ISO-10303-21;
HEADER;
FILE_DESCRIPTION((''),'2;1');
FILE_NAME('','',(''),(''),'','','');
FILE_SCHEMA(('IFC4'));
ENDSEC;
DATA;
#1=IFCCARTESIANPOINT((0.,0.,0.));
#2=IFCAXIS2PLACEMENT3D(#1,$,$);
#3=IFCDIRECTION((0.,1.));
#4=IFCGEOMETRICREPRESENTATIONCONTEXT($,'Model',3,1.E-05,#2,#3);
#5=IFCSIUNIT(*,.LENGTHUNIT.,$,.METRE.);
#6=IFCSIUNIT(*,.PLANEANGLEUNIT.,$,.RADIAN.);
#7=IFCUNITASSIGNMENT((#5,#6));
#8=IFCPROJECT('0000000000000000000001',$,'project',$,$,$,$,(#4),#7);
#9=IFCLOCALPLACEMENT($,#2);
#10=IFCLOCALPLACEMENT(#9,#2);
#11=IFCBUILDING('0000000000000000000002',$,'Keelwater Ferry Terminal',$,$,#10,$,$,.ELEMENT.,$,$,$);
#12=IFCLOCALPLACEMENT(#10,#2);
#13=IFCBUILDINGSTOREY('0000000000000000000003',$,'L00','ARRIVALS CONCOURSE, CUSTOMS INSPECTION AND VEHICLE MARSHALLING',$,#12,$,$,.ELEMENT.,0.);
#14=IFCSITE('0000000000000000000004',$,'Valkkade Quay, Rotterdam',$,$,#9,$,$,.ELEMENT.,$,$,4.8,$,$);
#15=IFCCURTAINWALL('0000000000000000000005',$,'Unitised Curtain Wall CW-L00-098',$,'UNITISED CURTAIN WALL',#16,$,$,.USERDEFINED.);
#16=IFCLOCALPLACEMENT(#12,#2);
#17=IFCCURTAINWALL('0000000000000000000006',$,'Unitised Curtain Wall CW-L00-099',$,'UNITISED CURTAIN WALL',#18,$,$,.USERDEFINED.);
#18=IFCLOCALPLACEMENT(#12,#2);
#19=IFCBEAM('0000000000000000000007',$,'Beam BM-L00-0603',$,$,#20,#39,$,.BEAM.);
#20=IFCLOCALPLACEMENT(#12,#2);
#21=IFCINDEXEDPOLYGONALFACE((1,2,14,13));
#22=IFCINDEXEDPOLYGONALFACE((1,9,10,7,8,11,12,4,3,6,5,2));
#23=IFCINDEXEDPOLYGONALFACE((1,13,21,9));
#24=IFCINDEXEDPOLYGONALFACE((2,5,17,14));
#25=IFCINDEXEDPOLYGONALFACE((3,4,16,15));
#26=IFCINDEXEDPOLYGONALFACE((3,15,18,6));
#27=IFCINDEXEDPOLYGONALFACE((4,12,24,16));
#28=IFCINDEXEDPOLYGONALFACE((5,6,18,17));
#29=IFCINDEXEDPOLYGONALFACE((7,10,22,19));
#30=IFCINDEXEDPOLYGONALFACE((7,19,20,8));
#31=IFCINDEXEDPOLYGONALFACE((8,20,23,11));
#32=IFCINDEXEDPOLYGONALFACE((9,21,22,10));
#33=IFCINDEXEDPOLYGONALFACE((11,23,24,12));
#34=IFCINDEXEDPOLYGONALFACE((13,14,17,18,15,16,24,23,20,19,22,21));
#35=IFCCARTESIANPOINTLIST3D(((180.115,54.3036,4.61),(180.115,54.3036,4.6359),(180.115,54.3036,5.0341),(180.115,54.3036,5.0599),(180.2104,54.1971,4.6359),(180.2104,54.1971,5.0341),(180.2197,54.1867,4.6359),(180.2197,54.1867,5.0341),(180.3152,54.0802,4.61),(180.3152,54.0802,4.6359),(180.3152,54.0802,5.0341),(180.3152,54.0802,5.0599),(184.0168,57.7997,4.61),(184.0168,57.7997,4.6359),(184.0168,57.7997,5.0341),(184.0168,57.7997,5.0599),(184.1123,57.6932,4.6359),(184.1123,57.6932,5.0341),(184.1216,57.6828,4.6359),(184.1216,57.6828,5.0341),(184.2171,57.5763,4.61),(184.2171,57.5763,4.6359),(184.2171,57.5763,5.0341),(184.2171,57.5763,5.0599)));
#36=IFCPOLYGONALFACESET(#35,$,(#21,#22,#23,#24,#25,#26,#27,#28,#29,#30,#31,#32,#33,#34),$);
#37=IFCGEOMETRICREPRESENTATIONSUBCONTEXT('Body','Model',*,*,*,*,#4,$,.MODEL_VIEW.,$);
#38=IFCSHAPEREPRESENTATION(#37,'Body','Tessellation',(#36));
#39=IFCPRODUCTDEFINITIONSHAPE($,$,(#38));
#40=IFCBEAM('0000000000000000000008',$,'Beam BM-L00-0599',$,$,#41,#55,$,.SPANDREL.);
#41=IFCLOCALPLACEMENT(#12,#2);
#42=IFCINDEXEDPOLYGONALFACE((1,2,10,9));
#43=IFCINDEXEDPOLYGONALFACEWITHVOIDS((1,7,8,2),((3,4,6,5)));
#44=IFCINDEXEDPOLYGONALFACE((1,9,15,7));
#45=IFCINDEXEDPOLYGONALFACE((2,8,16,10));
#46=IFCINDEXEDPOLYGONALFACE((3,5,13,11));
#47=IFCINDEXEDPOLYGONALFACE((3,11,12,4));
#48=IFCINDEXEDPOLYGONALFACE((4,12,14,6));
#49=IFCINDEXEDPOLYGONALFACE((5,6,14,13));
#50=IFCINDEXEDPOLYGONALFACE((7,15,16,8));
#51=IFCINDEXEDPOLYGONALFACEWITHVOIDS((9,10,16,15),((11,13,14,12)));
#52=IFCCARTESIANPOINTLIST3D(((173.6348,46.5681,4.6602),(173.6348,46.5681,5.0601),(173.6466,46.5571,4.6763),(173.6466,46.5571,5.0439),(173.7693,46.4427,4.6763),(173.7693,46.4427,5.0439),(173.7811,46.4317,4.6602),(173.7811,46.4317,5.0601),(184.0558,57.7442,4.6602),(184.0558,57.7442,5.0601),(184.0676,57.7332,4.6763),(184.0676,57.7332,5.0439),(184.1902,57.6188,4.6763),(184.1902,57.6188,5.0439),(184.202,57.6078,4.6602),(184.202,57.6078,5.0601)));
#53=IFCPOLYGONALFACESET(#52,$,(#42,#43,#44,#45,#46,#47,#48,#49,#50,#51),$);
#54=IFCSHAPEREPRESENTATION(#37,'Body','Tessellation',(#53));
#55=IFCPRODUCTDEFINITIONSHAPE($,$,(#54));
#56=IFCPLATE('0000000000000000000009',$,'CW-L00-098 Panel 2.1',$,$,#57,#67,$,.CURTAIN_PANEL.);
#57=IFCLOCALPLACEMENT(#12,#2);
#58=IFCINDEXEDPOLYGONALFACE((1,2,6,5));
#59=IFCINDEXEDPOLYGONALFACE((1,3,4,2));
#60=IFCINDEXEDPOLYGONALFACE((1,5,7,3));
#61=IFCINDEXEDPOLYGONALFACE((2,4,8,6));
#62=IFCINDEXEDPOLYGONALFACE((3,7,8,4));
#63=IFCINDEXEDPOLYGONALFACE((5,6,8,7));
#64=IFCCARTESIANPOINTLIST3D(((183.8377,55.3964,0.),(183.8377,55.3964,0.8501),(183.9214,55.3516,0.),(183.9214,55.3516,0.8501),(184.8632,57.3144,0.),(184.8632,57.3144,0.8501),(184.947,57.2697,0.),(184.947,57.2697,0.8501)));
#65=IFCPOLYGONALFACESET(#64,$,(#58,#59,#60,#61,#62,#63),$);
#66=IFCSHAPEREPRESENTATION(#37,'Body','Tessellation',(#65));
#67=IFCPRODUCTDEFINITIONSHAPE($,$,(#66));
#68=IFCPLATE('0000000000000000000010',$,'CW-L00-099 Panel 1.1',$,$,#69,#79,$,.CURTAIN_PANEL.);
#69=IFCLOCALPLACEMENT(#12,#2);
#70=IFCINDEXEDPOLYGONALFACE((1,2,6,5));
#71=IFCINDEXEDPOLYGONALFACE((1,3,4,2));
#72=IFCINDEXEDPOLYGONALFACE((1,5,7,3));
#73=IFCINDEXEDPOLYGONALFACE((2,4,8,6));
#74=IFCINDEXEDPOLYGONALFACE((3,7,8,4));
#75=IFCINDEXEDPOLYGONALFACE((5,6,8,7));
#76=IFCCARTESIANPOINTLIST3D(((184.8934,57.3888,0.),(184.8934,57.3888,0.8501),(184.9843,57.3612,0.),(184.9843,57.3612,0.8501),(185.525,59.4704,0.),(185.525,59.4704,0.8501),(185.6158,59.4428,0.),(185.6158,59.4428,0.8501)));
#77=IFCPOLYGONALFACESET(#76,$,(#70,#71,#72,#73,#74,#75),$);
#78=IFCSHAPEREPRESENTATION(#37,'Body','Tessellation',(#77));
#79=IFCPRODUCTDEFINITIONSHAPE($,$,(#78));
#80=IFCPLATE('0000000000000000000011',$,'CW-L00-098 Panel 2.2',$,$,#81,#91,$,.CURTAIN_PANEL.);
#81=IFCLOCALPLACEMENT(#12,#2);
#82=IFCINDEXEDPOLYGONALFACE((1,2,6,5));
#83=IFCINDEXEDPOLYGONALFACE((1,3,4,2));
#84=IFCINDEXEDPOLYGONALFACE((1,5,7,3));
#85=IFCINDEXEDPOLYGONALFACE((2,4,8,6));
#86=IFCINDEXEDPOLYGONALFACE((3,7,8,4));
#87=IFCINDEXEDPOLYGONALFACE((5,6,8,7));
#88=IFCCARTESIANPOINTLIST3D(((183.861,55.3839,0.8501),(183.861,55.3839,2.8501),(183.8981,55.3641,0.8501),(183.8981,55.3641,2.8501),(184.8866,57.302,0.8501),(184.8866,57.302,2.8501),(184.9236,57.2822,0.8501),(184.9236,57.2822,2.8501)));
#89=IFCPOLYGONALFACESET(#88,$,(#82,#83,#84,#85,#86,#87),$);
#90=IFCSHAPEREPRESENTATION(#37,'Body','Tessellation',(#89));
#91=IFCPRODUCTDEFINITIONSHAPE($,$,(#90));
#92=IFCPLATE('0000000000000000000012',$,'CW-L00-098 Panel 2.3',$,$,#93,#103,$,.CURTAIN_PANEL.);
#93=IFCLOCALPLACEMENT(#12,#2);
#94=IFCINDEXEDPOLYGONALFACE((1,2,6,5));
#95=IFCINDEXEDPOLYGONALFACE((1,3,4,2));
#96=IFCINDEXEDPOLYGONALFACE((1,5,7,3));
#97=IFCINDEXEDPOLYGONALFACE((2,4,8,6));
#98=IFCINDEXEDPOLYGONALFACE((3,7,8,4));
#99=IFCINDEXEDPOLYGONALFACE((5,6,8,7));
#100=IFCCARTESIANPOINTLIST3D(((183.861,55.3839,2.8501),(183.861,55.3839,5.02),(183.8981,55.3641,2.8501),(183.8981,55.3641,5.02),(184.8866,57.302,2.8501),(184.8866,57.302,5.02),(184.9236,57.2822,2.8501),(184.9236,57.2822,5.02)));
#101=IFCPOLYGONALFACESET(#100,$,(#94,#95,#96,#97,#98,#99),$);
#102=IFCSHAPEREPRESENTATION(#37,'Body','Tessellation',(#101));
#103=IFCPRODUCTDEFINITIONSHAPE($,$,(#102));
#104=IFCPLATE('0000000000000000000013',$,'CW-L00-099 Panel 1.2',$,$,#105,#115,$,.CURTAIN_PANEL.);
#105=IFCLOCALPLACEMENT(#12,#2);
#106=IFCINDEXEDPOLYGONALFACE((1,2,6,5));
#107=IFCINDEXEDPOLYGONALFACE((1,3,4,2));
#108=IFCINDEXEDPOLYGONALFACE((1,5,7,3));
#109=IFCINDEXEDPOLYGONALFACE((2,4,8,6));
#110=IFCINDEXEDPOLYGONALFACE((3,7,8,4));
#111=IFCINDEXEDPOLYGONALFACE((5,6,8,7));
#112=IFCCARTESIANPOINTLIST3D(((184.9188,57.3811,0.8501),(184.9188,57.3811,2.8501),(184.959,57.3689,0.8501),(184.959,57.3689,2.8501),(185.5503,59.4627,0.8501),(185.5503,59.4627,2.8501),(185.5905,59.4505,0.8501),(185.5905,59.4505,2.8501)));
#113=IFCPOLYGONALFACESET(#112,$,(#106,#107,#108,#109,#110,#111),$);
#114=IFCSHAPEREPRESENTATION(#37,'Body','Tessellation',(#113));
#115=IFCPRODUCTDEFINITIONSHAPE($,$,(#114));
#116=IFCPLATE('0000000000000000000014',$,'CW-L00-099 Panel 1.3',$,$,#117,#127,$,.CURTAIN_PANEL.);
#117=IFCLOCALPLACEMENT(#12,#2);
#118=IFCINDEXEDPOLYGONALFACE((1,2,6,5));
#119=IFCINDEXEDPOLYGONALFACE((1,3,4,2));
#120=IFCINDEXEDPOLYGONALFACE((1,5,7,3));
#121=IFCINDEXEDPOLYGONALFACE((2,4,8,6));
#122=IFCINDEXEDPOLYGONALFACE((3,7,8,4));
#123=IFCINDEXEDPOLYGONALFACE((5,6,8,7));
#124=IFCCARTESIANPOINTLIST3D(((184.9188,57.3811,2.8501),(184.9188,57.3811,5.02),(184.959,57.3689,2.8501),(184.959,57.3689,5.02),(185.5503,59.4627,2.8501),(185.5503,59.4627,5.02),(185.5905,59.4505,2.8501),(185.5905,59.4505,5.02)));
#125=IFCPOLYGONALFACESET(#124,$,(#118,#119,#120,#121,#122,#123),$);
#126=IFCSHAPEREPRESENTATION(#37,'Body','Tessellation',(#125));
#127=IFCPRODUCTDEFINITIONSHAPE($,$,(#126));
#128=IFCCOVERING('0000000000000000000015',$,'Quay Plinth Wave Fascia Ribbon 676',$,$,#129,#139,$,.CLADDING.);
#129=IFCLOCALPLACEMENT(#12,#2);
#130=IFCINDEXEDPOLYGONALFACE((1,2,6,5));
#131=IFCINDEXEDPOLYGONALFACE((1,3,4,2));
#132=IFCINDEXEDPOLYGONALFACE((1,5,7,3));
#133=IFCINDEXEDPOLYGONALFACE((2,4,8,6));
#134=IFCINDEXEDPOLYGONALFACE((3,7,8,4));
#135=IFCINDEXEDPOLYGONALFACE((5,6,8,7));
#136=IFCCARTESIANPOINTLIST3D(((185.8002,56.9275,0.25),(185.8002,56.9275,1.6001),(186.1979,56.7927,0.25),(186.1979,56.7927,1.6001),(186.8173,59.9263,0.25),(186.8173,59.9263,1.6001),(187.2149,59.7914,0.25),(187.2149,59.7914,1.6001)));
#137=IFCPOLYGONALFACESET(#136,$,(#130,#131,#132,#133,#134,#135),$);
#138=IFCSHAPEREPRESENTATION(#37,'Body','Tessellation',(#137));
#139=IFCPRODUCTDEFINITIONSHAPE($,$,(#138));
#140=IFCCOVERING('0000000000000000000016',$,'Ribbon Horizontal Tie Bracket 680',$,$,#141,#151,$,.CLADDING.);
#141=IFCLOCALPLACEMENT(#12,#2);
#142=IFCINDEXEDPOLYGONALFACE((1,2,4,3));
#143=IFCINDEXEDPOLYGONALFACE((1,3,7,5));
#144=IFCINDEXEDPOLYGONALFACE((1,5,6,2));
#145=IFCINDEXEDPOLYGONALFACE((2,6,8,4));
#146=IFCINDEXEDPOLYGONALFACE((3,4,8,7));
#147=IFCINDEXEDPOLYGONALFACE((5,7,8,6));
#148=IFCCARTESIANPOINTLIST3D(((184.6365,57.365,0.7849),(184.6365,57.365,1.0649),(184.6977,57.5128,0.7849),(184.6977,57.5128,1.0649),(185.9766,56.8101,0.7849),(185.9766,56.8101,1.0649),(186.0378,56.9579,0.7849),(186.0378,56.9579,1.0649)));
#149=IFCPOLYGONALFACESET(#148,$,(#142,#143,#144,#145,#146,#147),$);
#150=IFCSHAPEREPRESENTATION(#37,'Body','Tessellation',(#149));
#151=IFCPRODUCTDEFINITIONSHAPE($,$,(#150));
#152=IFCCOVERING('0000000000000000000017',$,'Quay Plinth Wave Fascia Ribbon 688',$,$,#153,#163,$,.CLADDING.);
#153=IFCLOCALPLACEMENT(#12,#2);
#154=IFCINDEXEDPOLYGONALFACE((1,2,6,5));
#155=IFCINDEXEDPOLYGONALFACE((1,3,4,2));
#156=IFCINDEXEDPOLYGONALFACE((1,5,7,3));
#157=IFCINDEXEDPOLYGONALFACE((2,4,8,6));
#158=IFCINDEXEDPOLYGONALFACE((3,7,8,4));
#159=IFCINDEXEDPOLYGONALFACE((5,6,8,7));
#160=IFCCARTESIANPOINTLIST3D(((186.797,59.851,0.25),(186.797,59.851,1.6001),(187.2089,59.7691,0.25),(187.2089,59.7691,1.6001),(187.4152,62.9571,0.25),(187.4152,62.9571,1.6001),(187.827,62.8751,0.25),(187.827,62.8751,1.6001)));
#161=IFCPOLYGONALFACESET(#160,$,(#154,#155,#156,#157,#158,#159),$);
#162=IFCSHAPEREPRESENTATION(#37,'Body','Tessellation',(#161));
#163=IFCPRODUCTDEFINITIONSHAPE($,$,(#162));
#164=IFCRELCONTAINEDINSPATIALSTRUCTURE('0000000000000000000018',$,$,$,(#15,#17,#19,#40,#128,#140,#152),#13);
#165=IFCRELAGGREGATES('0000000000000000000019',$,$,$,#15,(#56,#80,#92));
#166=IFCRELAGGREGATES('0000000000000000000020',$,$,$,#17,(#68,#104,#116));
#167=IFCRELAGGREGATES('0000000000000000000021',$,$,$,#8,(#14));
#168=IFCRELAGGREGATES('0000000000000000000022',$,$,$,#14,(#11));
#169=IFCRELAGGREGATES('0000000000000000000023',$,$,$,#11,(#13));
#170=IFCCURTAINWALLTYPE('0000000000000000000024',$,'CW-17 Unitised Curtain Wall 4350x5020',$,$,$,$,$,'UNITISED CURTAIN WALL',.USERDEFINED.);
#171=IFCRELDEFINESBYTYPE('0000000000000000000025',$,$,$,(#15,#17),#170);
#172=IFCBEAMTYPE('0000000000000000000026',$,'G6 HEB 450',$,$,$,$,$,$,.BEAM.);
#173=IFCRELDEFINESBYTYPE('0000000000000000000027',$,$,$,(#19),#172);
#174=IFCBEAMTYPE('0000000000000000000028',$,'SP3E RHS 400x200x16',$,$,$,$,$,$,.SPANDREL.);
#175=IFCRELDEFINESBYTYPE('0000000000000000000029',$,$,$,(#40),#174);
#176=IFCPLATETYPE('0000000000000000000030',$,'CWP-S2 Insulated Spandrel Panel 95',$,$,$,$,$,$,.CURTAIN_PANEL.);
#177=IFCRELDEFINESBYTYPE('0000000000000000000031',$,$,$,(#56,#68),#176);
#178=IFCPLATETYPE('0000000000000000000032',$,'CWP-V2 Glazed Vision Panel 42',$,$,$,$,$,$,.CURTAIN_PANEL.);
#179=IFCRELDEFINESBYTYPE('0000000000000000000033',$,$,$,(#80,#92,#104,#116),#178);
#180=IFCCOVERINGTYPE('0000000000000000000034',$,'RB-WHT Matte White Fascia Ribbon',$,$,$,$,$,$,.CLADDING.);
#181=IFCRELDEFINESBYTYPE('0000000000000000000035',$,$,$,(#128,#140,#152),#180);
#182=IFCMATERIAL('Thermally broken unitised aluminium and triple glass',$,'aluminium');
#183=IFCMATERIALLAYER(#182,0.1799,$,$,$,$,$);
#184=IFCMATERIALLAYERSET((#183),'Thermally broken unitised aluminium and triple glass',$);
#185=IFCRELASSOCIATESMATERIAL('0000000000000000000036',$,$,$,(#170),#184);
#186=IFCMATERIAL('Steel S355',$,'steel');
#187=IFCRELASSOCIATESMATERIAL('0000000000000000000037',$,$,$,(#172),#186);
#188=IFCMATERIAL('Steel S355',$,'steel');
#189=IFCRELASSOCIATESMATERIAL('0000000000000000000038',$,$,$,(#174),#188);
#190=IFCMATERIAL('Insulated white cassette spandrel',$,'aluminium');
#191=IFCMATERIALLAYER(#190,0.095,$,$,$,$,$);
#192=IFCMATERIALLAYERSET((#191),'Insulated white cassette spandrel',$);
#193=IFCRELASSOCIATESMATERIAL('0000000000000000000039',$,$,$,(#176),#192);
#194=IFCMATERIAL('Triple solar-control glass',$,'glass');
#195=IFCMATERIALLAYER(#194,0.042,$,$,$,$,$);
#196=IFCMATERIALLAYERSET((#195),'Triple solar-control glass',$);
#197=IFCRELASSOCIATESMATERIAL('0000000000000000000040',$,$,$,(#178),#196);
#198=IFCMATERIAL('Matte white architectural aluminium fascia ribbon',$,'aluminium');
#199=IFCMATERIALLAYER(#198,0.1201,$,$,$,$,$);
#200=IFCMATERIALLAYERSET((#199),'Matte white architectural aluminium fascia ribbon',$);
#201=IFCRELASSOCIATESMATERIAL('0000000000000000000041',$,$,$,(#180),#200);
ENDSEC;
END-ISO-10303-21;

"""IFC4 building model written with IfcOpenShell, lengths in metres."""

from ifc_helpers import new_model, si_unit, direction, frame, frame_2d, origin, origin_2d, place, context, subcontext, project, spatial, polyline, rectangle, hollow_rectangle, i_section, outline, extrude, material, layer, layer_set, material_profile, profile_set, type_object, element, aggregate, save


model = new_model("IFC4")

# Units and contexts
model_context = context("Model", 3, precision=1e-05, world=origin(), true_north=direction((0.0, 1.0)))
body_context = subcontext(model_context, "Body", "Model", "MODEL_VIEW")
ifc_project = project(units=[si_unit("LENGTHUNIT", "METRE"), si_unit("PLANEANGLEUNIT", "RADIAN")], contexts=[model_context])

# Site, building, storey
site_placement = place(None, origin())
site = spatial("IfcSite", under=ifc_project, at=site_placement, Name="Valkkade Quay, Rotterdam", CompositionType="ELEMENT", RefElevation=4.8)
building_placement = place(site_placement, origin())
building = spatial("IfcBuilding", under=site, at=building_placement, Name="Keelwater Ferry Terminal", CompositionType="ELEMENT")
storey_placement = place(building_placement, origin())
storey = spatial("IfcBuildingStorey", under=building, at=storey_placement, Name="L00", Description="ARRIVALS CONCOURSE, CUSTOMS INSPECTION AND VEHICLE MARSHALLING", CompositionType="ELEMENT", Elevation=0.0)

# Curtain walls
ifc_material_1 = material(Name="Thermally broken unitised aluminium and triple glass", Category="aluminium")
ifc_layer_1 = layer(ifc_material_1, 0.1799)
ifc_layer_set_1 = layer_set([ifc_layer_1], Name="Thermally broken unitised aluminium and triple glass")
curtain_wall_type = type_object("IfcCurtainWallType", Name="CW-17 Unitised Curtain Wall 4350x5020", ElementType="UNITISED CURTAIN WALL", PredefinedType="USERDEFINED", material=ifc_layer_set_1)
curtain_wall_1_placement = place(storey_placement, origin())
curtain_wall_1 = element("IfcCurtainWall", 1, at=curtain_wall_1_placement, inside=storey, type_object=curtain_wall_type, Name="Unitised Curtain Wall CW-L00-098", ObjectType="UNITISED CURTAIN WALL", PredefinedType="USERDEFINED")
curtain_wall_2_placement = place(storey_placement, origin())
curtain_wall_2 = element("IfcCurtainWall", 2, at=curtain_wall_2_placement, inside=storey, type_object=curtain_wall_type, Name="Unitised Curtain Wall CW-L00-099", ObjectType="UNITISED CURTAIN WALL", PredefinedType="USERDEFINED")

# Beams
ifc_material_2 = material(Name="Steel S355", Category="steel")
ifc_material_profile_1 = material_profile(ifc_material_2, i_section(OverallWidth=0.3, OverallDepth=0.45, WebThickness=0.0139, FlangeThickness=0.0259, at=origin_2d()), Name="HEB 450")
ifc_profile_set_1 = profile_set([ifc_material_profile_1], Name="Steel S355")
beam_type_1 = type_object("IfcBeamType", Name="G6 HEB 450", PredefinedType="BEAM", material=ifc_profile_set_1)
beam_1_placement = place(storey_placement, frame((184.1169, 57.688, 4.835), z_axis=(-0.744771, -0.66732, 0.0), x_axis=(0.66732, -0.744771, 0.0)))
element("IfcBeam", 3, at=beam_1_placement, inside=storey, type_object=beam_type_1, Name="Beam BM-L00-0603", PredefinedType="BEAM", context=body_context, shape_type="SweptSolid", body=[
    extrude(i_section(OverallWidth=0.3, OverallDepth=0.45, WebThickness=0.0139, FlangeThickness=0.0259, at=origin_2d()), origin(), (0.0, 0.0, 1.0), 5.239),
])
ifc_material_3 = material(Name="Steel S355", Category="steel")
ifc_material_profile_2 = material_profile(ifc_material_3, hollow_rectangle(XDim=0.2, YDim=0.3999, WallThickness=0.0161, at=origin_2d()), Name="RHS 400x200x16")
ifc_profile_set_2 = profile_set([ifc_material_profile_2], Name="Steel S355")
beam_type_2 = type_object("IfcBeamType", Name="SP3E RHS 400x200x16", PredefinedType="SPANDREL", material=ifc_profile_set_2)
beam_2_placement = place(storey_placement, frame((184.1289, 57.676, 4.8601), z_axis=(-0.681966, -0.731384, 0.0), x_axis=(0.731384, -0.681966, 0.0)))
element("IfcBeam", 4, at=beam_2_placement, inside=storey, type_object=beam_type_2, Name="Beam BM-L00-0599", PredefinedType="SPANDREL", context=body_context, shape_type="SweptSolid", body=[
    extrude(hollow_rectangle(XDim=0.2, YDim=0.3999, WallThickness=0.0161, at=origin_2d()), origin(), (0.0, 0.0, 1.0), 15.2808),
])

# Plates
ifc_material_4 = material(Name="Insulated white cassette spandrel", Category="aluminium")
ifc_layer_2 = layer(ifc_material_4, 0.095)
ifc_layer_set_2 = layer_set([ifc_layer_2], Name="Insulated white cassette spandrel")
plate_type_1 = type_object("IfcPlateType", Name="CWP-S2 Insulated Spandrel Panel 95", PredefinedType="CURTAIN_PANEL", material=ifc_layer_set_2)
plate_1_placement = place(storey_placement, frame((184.3923, 56.333, 0.0), z_axis=(0.0, 0.0, 1.0), x_axis=(0.471507, 0.881862, 0.0)))
plate_1 = element("IfcPlate", 5, at=plate_1_placement, type_object=plate_type_1, Name="CW-L00-098 Panel 2.1", PredefinedType="CURTAIN_PANEL", context=body_context, shape_type="SweptSolid", body=[
    extrude(rectangle(XDim=2.175, YDim=0.095, at=origin_2d()), origin(), (0.0, 0.0, 1.0), 0.8501),
])
plate_2_placement = place(storey_placement, frame((185.2546, 58.4158, 0.0), z_axis=(0.0, 0.0, 1.0), x_axis=(0.29032, 0.95693, 0.0)))
plate_2 = element("IfcPlate", 6, at=plate_2_placement, type_object=plate_type_1, Name="CW-L00-099 Panel 1.1", PredefinedType="CURTAIN_PANEL", context=body_context, shape_type="SweptSolid", body=[
    extrude(rectangle(XDim=2.1753, YDim=0.095, at=origin_2d()), origin(), (0.0, 0.0, 1.0), 0.8501),
])
ifc_material_5 = material(Name="Triple solar-control glass", Category="glass")
ifc_layer_3 = layer(ifc_material_5, 0.042)
ifc_layer_set_3 = layer_set([ifc_layer_3], Name="Triple solar-control glass")
plate_type_2 = type_object("IfcPlateType", Name="CWP-V2 Glazed Vision Panel 42", PredefinedType="CURTAIN_PANEL", material=ifc_layer_set_3)
plate_3_placement = place(storey_placement, frame((184.3923, 56.333, 0.8501), z_axis=(0.0, 0.0, 1.0), x_axis=(0.471507, 0.881862, 0.0)))
plate_3 = element("IfcPlate", 7, at=plate_3_placement, type_object=plate_type_2, Name="CW-L00-098 Panel 2.2", PredefinedType="CURTAIN_PANEL", context=body_context, shape_type="SweptSolid", body=[
    extrude(rectangle(XDim=2.175, YDim=0.042, at=origin_2d()), origin(), (0.0, 0.0, 1.0), 2.0),
])
plate_4_placement = place(storey_placement, frame((184.3923, 56.333, 2.8501), z_axis=(0.0, 0.0, 1.0), x_axis=(0.471507, 0.881862, 0.0)))
plate_4 = element("IfcPlate", 8, at=plate_4_placement, type_object=plate_type_2, Name="CW-L00-098 Panel 2.3", PredefinedType="CURTAIN_PANEL", context=body_context, shape_type="SweptSolid", body=[
    extrude(rectangle(XDim=2.175, YDim=0.042, at=origin_2d()), origin(), (0.0, 0.0, 1.0), 2.1699),
])
aggregate(curtain_wall_1, [plate_1, plate_3, plate_4])
plate_5_placement = place(storey_placement, frame((185.2546, 58.4158, 0.8501), z_axis=(0.0, 0.0, 1.0), x_axis=(0.29032, 0.95693, 0.0)))
plate_5 = element("IfcPlate", 9, at=plate_5_placement, type_object=plate_type_2, Name="CW-L00-099 Panel 1.2", PredefinedType="CURTAIN_PANEL", context=body_context, shape_type="SweptSolid", body=[
    extrude(rectangle(XDim=2.1753, YDim=0.042, at=origin_2d()), origin(), (0.0, 0.0, 1.0), 2.0),
])
plate_6_placement = place(storey_placement, frame((185.2546, 58.4158, 2.8501), z_axis=(0.0, 0.0, 1.0), x_axis=(0.29032, 0.95693, 0.0)))
plate_6 = element("IfcPlate", 10, at=plate_6_placement, type_object=plate_type_2, Name="CW-L00-099 Panel 1.3", PredefinedType="CURTAIN_PANEL", context=body_context, shape_type="SweptSolid", body=[
    extrude(rectangle(XDim=2.1753, YDim=0.042, at=origin_2d()), origin(), (0.0, 0.0, 1.0), 2.1699),
])
aggregate(curtain_wall_2, [plate_2, plate_5, plate_6])

# Coverings
ifc_material_6 = material(Name="Matte white architectural aluminium fascia ribbon", Category="aluminium")
ifc_layer_4 = layer(ifc_material_6, 0.1201)
ifc_layer_set_4 = layer_set([ifc_layer_4], Name="Matte white architectural aluminium fascia ribbon")
covering_type = type_object("IfcCoveringType", Name="RB-WHT Matte White Fascia Ribbon", PredefinedType="CLADDING", material=ifc_layer_set_4)
covering_1_placement = place(storey_placement, frame((185.999, 56.8601, 0.25), z_axis=(0.0, 0.0, 1.0), x_axis=(0.321196, 0.947013, 0.0)))
element("IfcCovering", 11, at=covering_1_placement, inside=storey, type_object=covering_type, Name="Quay Plinth Wave Fascia Ribbon 676", PredefinedType="CLADDING", context=body_context, shape_type="SweptSolid", body=[
    extrude(outline(polyline([(0.0, 0.0), (3.1665, 0.0), (3.1665, 1.3501), (0.0, 1.3501), (0.0, 0.0)])), frame((0.0, 0.21, 0.0), z_axis=(0.0, -1.0, 0.0), x_axis=(1.0, 0.0, 0.0)), (0.0, 0.0, 1.0), 0.4199),
])
covering_2_placement = place(storey_placement, frame((186.0071, 56.884, 0.7849), z_axis=(0.0, 0.0, 1.0), x_axis=(-0.923916, 0.382595, 0.0)))
element("IfcCovering", 12, at=covering_2_placement, inside=storey, type_object=covering_type, Name="Ribbon Horizontal Tie Bracket 680", PredefinedType="CLADDING", context=body_context, shape_type="SweptSolid", body=[
    extrude(rectangle(XDim=1.4504, YDim=0.1599, at=frame_2d((0.7251, 0.0))), origin(), (0.0, 0.0, 1.0), 0.28),
])
covering_3_placement = place(storey_placement, frame((187.0029, 59.8101, 0.25), z_axis=(0.0, 0.0, 1.0), x_axis=(0.195197, 0.980764, 0.0)))
element("IfcCovering", 13, at=covering_3_placement, inside=storey, type_object=covering_type, Name="Quay Plinth Wave Fascia Ribbon 688", PredefinedType="CLADDING", context=body_context, shape_type="SweptSolid", body=[
    extrude(outline(polyline([(0.0, 0.0), (3.167, 0.0), (3.167, 1.3501), (0.0, 1.3501), (0.0, 0.0)])), frame((0.0, 0.21, 0.0), z_axis=(0.0, -1.0, 0.0), x_axis=(1.0, 0.0, 0.0)), (0.0, 0.0, 1.0), 0.4199),
])

save(model, "model.ifc")
